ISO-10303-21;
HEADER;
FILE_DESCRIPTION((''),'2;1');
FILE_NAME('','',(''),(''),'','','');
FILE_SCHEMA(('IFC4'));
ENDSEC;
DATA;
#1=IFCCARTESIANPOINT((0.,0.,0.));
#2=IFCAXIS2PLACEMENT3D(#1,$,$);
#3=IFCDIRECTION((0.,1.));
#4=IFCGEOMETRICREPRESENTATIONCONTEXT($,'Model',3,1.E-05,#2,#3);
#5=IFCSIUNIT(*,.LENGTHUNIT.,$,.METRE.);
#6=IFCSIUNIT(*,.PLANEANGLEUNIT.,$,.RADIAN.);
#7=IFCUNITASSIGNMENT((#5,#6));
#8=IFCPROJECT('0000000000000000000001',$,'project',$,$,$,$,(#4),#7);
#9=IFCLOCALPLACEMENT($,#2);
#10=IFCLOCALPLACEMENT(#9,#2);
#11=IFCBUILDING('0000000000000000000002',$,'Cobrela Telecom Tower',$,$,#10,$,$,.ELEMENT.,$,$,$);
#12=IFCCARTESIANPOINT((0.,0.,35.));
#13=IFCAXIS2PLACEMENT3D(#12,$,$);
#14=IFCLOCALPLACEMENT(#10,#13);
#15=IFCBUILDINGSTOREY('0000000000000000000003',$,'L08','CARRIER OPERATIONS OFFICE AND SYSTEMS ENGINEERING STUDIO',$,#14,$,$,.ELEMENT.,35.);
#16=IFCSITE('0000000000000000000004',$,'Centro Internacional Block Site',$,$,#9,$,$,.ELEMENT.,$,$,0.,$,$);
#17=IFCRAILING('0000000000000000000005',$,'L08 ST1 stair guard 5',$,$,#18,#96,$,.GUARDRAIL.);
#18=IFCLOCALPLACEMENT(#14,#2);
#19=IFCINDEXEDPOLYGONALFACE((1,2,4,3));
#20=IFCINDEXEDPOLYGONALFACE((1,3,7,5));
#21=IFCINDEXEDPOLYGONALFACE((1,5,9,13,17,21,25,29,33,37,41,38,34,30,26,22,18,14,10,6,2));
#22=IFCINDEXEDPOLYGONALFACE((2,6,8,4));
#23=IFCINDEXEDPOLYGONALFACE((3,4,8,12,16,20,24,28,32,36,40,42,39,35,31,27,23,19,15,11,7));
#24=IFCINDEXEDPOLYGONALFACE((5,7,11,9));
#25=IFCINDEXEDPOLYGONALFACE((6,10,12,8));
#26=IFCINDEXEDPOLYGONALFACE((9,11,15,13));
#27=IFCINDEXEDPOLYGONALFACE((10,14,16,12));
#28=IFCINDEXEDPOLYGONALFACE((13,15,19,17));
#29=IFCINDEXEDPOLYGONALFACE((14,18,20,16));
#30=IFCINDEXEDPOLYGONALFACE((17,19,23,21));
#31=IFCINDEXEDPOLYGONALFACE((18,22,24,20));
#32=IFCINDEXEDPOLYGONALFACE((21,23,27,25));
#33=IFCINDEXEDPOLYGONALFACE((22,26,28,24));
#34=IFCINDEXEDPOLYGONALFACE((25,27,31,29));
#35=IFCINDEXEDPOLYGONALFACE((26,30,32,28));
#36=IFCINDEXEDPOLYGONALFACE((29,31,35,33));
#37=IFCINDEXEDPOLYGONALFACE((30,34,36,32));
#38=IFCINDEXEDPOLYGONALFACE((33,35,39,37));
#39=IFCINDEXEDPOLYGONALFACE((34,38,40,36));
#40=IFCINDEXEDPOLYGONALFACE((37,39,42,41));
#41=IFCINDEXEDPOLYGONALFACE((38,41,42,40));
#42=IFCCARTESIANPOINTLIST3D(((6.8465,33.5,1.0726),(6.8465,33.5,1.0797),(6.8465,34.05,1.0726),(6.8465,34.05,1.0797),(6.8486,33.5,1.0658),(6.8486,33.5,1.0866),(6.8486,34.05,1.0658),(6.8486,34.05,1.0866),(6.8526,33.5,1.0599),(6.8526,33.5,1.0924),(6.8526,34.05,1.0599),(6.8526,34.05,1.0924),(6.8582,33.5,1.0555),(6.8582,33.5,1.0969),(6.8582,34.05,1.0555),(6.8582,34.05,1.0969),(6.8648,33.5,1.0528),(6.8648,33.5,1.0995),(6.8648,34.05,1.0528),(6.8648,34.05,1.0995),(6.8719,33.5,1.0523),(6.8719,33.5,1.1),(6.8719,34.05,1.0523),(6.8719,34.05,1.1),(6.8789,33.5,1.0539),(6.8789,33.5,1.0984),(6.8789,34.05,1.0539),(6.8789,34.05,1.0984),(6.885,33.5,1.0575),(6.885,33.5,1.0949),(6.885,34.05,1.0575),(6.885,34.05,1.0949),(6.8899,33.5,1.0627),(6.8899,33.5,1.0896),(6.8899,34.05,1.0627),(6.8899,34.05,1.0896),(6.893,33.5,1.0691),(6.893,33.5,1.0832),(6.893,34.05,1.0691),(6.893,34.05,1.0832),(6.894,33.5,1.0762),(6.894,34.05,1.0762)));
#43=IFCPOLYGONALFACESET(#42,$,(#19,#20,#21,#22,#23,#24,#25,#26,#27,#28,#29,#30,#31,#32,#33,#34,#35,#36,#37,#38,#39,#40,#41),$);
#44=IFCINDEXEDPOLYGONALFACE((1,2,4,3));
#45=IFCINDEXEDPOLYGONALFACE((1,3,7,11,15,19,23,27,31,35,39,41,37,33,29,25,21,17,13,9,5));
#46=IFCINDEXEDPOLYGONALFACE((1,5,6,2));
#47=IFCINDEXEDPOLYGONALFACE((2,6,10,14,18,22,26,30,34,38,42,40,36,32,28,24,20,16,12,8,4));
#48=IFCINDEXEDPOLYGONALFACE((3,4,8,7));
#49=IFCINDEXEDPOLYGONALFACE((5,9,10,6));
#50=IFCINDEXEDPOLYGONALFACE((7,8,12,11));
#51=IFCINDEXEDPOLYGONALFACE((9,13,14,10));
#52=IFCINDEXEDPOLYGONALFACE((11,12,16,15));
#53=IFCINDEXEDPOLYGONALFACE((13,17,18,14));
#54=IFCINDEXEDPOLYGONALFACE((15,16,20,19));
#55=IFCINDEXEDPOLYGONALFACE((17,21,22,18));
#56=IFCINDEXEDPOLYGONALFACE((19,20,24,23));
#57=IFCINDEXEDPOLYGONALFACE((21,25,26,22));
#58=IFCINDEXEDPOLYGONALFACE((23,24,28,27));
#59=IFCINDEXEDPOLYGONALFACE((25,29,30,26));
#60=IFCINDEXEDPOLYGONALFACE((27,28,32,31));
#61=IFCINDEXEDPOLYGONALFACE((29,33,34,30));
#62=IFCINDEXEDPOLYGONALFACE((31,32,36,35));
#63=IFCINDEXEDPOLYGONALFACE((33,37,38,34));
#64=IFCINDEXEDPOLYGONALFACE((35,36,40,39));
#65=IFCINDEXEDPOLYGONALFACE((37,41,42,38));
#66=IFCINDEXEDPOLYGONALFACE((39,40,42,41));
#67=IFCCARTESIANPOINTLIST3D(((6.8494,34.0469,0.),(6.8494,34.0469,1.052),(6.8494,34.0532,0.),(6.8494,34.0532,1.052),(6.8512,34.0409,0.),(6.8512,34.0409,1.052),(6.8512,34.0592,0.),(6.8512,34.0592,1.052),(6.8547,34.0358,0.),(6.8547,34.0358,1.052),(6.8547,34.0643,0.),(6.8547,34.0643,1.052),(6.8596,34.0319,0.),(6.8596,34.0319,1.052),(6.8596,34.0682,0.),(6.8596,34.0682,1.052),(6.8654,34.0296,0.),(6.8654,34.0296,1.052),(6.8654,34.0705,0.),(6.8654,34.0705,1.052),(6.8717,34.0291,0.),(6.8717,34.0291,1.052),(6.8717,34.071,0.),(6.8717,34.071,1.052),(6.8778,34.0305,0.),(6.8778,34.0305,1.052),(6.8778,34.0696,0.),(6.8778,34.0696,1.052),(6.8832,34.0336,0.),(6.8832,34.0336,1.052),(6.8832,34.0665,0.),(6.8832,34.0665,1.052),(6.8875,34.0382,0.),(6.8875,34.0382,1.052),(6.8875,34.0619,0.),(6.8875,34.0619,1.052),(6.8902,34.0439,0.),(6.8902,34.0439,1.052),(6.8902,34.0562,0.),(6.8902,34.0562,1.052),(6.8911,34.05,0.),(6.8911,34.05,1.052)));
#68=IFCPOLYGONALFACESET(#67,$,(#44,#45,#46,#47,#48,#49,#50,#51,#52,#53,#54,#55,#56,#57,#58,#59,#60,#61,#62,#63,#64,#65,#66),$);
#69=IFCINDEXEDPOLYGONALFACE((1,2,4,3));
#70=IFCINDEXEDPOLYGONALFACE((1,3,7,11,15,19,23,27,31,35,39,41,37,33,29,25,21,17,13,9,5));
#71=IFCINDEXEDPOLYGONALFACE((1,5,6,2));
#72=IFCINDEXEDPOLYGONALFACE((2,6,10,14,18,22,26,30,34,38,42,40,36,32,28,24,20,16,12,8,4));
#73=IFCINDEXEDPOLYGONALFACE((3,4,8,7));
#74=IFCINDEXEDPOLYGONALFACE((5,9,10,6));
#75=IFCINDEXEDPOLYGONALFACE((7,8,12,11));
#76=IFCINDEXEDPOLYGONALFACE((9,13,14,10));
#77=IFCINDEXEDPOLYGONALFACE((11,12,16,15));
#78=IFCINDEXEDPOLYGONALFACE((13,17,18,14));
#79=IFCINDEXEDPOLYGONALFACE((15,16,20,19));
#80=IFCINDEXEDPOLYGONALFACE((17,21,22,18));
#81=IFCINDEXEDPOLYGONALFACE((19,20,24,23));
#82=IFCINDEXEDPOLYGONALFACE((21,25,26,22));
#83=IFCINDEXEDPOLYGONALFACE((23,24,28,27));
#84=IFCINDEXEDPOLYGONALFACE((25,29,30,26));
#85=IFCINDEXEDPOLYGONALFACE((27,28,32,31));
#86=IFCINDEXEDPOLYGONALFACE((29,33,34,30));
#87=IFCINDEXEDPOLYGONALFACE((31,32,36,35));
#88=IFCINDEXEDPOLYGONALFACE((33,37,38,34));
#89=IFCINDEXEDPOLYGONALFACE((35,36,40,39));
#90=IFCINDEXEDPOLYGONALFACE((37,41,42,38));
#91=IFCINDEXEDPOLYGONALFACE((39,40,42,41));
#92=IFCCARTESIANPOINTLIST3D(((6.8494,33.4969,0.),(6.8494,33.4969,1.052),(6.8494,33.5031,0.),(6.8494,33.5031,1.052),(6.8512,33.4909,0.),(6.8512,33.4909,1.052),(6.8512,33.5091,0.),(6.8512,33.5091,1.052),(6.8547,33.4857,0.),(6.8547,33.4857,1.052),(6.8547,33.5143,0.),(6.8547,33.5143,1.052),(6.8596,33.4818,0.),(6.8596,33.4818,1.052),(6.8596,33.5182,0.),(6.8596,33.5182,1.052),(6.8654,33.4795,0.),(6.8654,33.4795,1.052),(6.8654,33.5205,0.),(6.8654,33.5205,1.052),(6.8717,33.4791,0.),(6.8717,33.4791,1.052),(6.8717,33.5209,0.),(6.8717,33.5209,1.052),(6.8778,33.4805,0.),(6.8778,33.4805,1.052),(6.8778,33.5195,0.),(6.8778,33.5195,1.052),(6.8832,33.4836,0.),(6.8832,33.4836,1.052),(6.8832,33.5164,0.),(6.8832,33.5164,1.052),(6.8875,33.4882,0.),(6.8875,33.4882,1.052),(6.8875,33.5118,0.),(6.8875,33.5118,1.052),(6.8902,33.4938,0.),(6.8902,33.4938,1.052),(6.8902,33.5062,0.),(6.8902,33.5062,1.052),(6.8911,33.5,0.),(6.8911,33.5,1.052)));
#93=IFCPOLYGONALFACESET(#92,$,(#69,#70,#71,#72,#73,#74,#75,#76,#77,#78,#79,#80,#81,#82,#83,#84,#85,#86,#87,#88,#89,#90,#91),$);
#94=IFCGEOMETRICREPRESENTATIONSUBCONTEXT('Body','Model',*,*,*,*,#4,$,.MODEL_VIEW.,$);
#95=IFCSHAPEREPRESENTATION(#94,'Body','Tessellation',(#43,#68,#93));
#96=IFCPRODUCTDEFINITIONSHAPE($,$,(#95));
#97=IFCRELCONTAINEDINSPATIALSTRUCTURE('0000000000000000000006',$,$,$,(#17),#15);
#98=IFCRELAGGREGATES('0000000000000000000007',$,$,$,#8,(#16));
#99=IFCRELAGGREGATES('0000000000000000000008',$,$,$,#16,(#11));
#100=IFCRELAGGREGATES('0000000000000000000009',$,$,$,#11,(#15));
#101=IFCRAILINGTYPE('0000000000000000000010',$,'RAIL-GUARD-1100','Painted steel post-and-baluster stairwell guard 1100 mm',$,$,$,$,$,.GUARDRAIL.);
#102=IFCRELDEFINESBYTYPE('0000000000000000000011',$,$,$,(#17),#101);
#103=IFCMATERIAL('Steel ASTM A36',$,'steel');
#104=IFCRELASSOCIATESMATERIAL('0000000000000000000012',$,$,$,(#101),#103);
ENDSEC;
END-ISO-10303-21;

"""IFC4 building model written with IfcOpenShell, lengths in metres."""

from ifc_helpers import new_model, si_unit, direction, frame, origin, origin_2d, place, context, subcontext, project, spatial, circle, extrude, material, type_object, element, save


model = new_model("IFC4")

# Units and contexts
model_context = context("Model", 3, precision=1e-05, world=origin(), true_north=direction((0.0, 1.0)))
body_context = subcontext(model_context, "Body", "Model", "MODEL_VIEW")
ifc_project = project(units=[si_unit("LENGTHUNIT", "METRE"), si_unit("PLANEANGLEUNIT", "RADIAN")], contexts=[model_context])

# Site, building, storey
site_placement = place(None, origin())
site = spatial("IfcSite", under=ifc_project, at=site_placement, Name="Centro Internacional Block Site", CompositionType="ELEMENT", RefElevation=0.0)
building_placement = place(site_placement, origin())
building = spatial("IfcBuilding", under=site, at=building_placement, Name="Cobrela Telecom Tower", CompositionType="ELEMENT")
storey_placement = place(building_placement, frame((0.0, 0.0, 35.0)))
storey = spatial("IfcBuildingStorey", under=building, at=storey_placement, Name="L08", Description="CARRIER OPERATIONS OFFICE AND SYSTEMS ENGINEERING STUDIO", CompositionType="ELEMENT", Elevation=35.0)

# Shared definitions
ifc_material_1 = material(Name="Steel ASTM A36", Category="steel")

# Railing
railing_type_1 = type_object("IfcRailingType", Name="RAIL-GUARD-1100", Description="Painted steel post-and-baluster stairwell guard 1100 mm", PredefinedType="GUARDRAIL", material=ifc_material_1)
railing_1_placement = place(storey_placement, frame((6.8701, 34.05, 0.0)))
element("IfcRailing", 1, at=railing_1_placement, inside=storey, type_object=railing_type_1, Name="L08 ST1 stair guard 5", PredefinedType="GUARDRAIL", context=body_context, shape_type="SweptSolid", body=[
    extrude(circle(Radius=0.0239, at=origin_2d()), frame((0.0, 0.0, 1.0762), z_axis=(0.0, -1.0, 0.0), x_axis=(1.0, 0.0, 0.0)), (0.0, 0.0, 1.0), 0.55),
    extrude(circle(Radius=0.021, at=origin_2d()), origin(), (0.0, 0.0, 1.0), 1.052),
    extrude(circle(Radius=0.021, at=origin_2d()), frame((0.0, -0.55, 0.0)), (0.0, 0.0, 1.0), 1.052),
])

save(model, "model.ifc")
